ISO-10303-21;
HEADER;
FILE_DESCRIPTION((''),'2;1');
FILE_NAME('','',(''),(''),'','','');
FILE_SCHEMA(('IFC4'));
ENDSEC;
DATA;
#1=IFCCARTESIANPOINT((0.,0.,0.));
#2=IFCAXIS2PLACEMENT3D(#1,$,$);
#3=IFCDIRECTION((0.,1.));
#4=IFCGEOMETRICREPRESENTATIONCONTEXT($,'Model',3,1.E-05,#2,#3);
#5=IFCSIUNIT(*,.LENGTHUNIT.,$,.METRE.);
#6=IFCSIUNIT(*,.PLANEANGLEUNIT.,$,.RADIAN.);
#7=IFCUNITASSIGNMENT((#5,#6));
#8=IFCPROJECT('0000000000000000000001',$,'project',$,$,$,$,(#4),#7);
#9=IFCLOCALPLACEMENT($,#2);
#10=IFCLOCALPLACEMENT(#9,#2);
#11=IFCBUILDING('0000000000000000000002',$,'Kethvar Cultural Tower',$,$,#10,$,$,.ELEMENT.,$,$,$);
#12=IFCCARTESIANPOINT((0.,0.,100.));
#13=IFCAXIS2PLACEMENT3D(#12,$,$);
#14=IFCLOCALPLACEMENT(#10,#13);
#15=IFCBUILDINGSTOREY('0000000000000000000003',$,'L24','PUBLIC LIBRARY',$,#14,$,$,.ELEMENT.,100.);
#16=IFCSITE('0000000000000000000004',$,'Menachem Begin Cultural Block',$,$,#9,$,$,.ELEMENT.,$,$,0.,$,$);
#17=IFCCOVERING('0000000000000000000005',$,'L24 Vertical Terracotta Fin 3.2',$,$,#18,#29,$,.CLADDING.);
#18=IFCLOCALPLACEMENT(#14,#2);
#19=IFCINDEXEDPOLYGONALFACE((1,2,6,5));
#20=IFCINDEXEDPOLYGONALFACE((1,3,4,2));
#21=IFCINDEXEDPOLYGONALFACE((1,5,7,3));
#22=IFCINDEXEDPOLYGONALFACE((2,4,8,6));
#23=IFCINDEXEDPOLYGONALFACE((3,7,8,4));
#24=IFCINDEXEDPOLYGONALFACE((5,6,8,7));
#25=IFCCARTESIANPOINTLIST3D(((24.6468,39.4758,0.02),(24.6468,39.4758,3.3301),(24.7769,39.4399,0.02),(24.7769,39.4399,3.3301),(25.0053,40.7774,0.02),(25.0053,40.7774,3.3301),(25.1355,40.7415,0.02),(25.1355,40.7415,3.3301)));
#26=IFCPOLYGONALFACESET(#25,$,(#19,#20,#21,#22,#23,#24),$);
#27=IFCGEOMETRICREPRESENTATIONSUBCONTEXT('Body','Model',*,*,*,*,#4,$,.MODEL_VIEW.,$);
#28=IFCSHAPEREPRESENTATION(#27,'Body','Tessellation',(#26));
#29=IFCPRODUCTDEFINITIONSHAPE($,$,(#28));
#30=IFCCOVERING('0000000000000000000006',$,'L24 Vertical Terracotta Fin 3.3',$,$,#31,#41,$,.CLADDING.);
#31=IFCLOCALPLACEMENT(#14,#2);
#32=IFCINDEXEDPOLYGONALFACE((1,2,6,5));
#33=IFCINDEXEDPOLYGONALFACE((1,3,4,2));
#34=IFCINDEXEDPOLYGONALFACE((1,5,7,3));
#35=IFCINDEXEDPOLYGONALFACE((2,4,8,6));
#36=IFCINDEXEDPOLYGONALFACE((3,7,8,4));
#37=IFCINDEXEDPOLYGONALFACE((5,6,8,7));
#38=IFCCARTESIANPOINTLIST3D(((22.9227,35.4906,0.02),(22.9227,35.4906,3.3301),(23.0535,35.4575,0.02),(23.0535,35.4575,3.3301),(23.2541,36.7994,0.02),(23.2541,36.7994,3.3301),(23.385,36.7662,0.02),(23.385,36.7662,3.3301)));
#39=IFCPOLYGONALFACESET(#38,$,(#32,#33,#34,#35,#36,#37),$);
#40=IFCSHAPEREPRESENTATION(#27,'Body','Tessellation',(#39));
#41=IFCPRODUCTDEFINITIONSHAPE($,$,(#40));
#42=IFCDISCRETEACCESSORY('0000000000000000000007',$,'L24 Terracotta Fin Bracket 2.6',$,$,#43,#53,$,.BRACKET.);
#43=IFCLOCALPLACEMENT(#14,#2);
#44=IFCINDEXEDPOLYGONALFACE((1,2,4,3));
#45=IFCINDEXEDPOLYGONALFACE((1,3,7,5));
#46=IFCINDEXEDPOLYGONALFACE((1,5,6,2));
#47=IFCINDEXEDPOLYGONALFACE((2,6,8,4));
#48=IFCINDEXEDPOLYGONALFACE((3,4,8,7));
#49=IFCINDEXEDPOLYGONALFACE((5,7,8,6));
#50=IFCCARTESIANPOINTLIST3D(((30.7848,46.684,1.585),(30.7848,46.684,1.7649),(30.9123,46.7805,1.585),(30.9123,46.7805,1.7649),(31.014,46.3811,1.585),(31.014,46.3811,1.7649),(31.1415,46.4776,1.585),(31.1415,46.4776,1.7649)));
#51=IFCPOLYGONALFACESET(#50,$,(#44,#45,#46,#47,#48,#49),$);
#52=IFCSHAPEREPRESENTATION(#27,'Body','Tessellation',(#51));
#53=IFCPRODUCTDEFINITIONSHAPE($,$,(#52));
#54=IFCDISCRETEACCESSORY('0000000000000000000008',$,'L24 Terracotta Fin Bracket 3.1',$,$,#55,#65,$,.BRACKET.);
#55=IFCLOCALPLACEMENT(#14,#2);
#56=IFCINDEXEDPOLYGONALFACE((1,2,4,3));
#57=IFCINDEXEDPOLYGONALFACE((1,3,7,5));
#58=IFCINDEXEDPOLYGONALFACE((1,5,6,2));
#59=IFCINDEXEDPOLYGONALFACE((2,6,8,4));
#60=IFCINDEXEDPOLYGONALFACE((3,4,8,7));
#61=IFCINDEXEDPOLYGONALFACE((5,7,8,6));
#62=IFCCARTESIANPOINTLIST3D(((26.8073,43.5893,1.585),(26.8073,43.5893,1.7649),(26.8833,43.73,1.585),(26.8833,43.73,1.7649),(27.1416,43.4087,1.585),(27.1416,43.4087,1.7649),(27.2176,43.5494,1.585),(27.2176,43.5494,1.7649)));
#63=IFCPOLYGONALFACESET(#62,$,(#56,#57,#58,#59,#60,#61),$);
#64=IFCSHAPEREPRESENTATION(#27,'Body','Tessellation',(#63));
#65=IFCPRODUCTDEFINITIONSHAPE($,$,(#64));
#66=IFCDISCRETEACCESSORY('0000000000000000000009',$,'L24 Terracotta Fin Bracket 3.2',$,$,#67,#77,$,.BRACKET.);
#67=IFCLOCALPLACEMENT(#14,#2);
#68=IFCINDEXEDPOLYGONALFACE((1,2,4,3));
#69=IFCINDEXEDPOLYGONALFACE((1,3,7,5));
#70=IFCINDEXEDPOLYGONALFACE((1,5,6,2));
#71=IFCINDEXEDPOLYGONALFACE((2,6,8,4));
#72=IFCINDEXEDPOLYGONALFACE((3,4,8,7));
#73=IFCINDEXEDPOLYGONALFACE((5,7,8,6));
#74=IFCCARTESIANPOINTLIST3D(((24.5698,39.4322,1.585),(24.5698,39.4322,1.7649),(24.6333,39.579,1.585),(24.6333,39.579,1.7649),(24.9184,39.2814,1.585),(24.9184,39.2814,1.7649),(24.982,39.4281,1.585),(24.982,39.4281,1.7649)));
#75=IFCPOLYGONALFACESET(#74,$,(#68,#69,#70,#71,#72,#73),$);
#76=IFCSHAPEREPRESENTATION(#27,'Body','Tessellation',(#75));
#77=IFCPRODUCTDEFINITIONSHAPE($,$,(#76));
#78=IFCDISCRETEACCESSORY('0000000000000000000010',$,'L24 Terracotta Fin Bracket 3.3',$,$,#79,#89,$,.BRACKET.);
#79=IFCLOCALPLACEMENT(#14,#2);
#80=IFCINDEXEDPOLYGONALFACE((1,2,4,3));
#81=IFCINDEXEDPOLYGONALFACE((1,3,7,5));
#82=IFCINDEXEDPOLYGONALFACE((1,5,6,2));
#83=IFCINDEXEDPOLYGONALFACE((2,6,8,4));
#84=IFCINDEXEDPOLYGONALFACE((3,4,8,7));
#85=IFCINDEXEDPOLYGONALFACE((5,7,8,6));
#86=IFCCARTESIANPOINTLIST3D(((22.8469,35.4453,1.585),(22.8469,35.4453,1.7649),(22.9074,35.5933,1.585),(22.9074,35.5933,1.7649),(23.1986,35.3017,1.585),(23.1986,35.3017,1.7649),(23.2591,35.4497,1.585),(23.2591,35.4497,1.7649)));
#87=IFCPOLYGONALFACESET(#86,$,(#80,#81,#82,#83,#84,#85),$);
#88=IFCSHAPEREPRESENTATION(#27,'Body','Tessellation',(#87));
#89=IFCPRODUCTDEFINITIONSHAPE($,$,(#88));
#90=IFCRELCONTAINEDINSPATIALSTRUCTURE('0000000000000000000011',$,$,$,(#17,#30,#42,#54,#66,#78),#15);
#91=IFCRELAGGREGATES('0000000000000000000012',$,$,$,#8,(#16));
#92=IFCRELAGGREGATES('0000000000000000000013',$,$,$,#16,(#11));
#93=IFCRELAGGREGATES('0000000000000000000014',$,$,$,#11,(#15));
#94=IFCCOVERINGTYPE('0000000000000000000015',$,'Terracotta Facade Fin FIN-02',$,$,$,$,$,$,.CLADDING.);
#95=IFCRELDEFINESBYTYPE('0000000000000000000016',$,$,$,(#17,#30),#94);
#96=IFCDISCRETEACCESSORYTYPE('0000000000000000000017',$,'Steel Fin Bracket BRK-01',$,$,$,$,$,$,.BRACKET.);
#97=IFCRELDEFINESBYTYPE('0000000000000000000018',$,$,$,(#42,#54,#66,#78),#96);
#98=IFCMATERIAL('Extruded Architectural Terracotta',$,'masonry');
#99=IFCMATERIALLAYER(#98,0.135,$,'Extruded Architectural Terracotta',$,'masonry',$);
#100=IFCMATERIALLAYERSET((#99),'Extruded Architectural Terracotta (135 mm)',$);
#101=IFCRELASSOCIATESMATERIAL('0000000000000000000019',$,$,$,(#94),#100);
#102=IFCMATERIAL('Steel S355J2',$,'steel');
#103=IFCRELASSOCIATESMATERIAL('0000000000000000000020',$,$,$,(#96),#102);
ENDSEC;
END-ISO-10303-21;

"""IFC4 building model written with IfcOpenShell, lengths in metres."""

from ifc_helpers import new_model, si_unit, direction, frame, origin, origin_2d, place, context, subcontext, project, spatial, rectangle, extrude, source, transform, mapped, material, layer, layer_set, type_object, element, save


model = new_model("IFC4")

# Units and contexts
model_context = context("Model", 3, precision=1e-05, world=origin(), true_north=direction((0.0, 1.0)))
body_context = subcontext(model_context, "Body", "Model", "MODEL_VIEW")
ifc_project = project(units=[si_unit("LENGTHUNIT", "METRE"), si_unit("PLANEANGLEUNIT", "RADIAN")], contexts=[model_context])

# Site, building, storey
site_placement = place(None, origin())
site = spatial("IfcSite", under=ifc_project, at=site_placement, Name="Menachem Begin Cultural Block", CompositionType="ELEMENT", RefElevation=0.0)
building_placement = place(site_placement, origin())
building = spatial("IfcBuilding", under=site, at=building_placement, Name="Kethvar Cultural Tower", CompositionType="ELEMENT")
storey_placement = place(building_placement, frame((0.0, 0.0, 100.0)))
storey = spatial("IfcBuildingStorey", under=building, at=storey_placement, Name="L24", Description="PUBLIC LIBRARY", CompositionType="ELEMENT", Elevation=100.0)

# Shared definitions
ifc_material_1 = material(Name="Steel S355J2", Category="steel")

# Coverings
ifc_material_2 = material(Name="Extruded Architectural Terracotta", Category="masonry")
ifc_layer_1 = layer(ifc_material_2, 0.135, Name="Extruded Architectural Terracotta", Category="masonry")
ifc_layer_set_1 = layer_set([ifc_layer_1], Name="Extruded Architectural Terracotta (135 mm)")
covering_type_1 = type_object("IfcCoveringType", Name="Terracotta Facade Fin FIN-02", PredefinedType="CLADDING", material=ifc_layer_set_1)
shared_shape_1 = source(origin(), body_context, "Body", "SweptSolid", [
    extrude(rectangle(XDim=1.3501, YDim=0.135, at=origin_2d()), origin(), (0.0, 0.0, 1.0), 3.3101),
])
for number, where, z_axis, x_axis, name in (
    (1, (24.8911, 40.1086, 0.02), (0.0, 0.0, 1.0), (0.265556, 0.964095, 0.0), "L24 Vertical Terracotta Fin 3.2"),
    (2, (23.1538, 36.1284, 0.02), (0.0, 0.0, 1.0), (0.245477, 0.969403, 0.0), "L24 Vertical Terracotta Fin 3.3"),
):
    element("IfcCovering", number, at=place(storey_placement, frame(where, z_axis=z_axis, x_axis=x_axis)), inside=storey, type_object=covering_type_1, Name=name, PredefinedType="CLADDING", context=body_context, shape_type="MappedRepresentation", body=[
        mapped(shared_shape_1, transform((0.0, 0.0, 0.0), scale=1.0)),
    ])

# Discrete accessories
discrete_accessory_type = type_object("IfcDiscreteAccessoryType", Name="Steel Fin Bracket BRK-01", PredefinedType="BRACKET", material=ifc_material_1)
shared_shape_2 = source(origin(), body_context, "Body", "SweptSolid", [
    extrude(rectangle(XDim=0.3799, YDim=0.1599, at=origin_2d()), origin(), (0.0, 0.0, 1.0), 0.1799),
])
for number, where, z_axis, x_axis, name in (
    (3, (30.9631, 46.5808, 1.585), (0.0, 0.0, 1.0), (-0.603486, 0.797373, 0.0), "L24 Terracotta Fin Bracket 2.6"),
    (4, (27.0125, 43.5693, 1.585), (0.0, 0.0, 1.0), (-0.879815, 0.475317, 0.0), "L24 Terracotta Fin Bracket 3.1"),
    (5, (24.7759, 39.4302, 1.585), (0.0, 0.0, 1.0), (-0.917755, 0.397148, 0.0), "L24 Terracotta Fin Bracket 3.2"),
    (6, (23.053, 35.4475, 1.585), (0.0, 0.0, 1.0), (-0.925805, 0.378002, 0.0), "L24 Terracotta Fin Bracket 3.3"),
):
    element("IfcDiscreteAccessory", number, at=place(storey_placement, frame(where, z_axis=z_axis, x_axis=x_axis)), inside=storey, type_object=discrete_accessory_type, Name=name, PredefinedType="BRACKET", context=body_context, shape_type="MappedRepresentation", body=[
        mapped(shared_shape_2, transform((0.0, 0.0, 0.0), scale=1.0)),
    ])

save(model, "model.ifc")
